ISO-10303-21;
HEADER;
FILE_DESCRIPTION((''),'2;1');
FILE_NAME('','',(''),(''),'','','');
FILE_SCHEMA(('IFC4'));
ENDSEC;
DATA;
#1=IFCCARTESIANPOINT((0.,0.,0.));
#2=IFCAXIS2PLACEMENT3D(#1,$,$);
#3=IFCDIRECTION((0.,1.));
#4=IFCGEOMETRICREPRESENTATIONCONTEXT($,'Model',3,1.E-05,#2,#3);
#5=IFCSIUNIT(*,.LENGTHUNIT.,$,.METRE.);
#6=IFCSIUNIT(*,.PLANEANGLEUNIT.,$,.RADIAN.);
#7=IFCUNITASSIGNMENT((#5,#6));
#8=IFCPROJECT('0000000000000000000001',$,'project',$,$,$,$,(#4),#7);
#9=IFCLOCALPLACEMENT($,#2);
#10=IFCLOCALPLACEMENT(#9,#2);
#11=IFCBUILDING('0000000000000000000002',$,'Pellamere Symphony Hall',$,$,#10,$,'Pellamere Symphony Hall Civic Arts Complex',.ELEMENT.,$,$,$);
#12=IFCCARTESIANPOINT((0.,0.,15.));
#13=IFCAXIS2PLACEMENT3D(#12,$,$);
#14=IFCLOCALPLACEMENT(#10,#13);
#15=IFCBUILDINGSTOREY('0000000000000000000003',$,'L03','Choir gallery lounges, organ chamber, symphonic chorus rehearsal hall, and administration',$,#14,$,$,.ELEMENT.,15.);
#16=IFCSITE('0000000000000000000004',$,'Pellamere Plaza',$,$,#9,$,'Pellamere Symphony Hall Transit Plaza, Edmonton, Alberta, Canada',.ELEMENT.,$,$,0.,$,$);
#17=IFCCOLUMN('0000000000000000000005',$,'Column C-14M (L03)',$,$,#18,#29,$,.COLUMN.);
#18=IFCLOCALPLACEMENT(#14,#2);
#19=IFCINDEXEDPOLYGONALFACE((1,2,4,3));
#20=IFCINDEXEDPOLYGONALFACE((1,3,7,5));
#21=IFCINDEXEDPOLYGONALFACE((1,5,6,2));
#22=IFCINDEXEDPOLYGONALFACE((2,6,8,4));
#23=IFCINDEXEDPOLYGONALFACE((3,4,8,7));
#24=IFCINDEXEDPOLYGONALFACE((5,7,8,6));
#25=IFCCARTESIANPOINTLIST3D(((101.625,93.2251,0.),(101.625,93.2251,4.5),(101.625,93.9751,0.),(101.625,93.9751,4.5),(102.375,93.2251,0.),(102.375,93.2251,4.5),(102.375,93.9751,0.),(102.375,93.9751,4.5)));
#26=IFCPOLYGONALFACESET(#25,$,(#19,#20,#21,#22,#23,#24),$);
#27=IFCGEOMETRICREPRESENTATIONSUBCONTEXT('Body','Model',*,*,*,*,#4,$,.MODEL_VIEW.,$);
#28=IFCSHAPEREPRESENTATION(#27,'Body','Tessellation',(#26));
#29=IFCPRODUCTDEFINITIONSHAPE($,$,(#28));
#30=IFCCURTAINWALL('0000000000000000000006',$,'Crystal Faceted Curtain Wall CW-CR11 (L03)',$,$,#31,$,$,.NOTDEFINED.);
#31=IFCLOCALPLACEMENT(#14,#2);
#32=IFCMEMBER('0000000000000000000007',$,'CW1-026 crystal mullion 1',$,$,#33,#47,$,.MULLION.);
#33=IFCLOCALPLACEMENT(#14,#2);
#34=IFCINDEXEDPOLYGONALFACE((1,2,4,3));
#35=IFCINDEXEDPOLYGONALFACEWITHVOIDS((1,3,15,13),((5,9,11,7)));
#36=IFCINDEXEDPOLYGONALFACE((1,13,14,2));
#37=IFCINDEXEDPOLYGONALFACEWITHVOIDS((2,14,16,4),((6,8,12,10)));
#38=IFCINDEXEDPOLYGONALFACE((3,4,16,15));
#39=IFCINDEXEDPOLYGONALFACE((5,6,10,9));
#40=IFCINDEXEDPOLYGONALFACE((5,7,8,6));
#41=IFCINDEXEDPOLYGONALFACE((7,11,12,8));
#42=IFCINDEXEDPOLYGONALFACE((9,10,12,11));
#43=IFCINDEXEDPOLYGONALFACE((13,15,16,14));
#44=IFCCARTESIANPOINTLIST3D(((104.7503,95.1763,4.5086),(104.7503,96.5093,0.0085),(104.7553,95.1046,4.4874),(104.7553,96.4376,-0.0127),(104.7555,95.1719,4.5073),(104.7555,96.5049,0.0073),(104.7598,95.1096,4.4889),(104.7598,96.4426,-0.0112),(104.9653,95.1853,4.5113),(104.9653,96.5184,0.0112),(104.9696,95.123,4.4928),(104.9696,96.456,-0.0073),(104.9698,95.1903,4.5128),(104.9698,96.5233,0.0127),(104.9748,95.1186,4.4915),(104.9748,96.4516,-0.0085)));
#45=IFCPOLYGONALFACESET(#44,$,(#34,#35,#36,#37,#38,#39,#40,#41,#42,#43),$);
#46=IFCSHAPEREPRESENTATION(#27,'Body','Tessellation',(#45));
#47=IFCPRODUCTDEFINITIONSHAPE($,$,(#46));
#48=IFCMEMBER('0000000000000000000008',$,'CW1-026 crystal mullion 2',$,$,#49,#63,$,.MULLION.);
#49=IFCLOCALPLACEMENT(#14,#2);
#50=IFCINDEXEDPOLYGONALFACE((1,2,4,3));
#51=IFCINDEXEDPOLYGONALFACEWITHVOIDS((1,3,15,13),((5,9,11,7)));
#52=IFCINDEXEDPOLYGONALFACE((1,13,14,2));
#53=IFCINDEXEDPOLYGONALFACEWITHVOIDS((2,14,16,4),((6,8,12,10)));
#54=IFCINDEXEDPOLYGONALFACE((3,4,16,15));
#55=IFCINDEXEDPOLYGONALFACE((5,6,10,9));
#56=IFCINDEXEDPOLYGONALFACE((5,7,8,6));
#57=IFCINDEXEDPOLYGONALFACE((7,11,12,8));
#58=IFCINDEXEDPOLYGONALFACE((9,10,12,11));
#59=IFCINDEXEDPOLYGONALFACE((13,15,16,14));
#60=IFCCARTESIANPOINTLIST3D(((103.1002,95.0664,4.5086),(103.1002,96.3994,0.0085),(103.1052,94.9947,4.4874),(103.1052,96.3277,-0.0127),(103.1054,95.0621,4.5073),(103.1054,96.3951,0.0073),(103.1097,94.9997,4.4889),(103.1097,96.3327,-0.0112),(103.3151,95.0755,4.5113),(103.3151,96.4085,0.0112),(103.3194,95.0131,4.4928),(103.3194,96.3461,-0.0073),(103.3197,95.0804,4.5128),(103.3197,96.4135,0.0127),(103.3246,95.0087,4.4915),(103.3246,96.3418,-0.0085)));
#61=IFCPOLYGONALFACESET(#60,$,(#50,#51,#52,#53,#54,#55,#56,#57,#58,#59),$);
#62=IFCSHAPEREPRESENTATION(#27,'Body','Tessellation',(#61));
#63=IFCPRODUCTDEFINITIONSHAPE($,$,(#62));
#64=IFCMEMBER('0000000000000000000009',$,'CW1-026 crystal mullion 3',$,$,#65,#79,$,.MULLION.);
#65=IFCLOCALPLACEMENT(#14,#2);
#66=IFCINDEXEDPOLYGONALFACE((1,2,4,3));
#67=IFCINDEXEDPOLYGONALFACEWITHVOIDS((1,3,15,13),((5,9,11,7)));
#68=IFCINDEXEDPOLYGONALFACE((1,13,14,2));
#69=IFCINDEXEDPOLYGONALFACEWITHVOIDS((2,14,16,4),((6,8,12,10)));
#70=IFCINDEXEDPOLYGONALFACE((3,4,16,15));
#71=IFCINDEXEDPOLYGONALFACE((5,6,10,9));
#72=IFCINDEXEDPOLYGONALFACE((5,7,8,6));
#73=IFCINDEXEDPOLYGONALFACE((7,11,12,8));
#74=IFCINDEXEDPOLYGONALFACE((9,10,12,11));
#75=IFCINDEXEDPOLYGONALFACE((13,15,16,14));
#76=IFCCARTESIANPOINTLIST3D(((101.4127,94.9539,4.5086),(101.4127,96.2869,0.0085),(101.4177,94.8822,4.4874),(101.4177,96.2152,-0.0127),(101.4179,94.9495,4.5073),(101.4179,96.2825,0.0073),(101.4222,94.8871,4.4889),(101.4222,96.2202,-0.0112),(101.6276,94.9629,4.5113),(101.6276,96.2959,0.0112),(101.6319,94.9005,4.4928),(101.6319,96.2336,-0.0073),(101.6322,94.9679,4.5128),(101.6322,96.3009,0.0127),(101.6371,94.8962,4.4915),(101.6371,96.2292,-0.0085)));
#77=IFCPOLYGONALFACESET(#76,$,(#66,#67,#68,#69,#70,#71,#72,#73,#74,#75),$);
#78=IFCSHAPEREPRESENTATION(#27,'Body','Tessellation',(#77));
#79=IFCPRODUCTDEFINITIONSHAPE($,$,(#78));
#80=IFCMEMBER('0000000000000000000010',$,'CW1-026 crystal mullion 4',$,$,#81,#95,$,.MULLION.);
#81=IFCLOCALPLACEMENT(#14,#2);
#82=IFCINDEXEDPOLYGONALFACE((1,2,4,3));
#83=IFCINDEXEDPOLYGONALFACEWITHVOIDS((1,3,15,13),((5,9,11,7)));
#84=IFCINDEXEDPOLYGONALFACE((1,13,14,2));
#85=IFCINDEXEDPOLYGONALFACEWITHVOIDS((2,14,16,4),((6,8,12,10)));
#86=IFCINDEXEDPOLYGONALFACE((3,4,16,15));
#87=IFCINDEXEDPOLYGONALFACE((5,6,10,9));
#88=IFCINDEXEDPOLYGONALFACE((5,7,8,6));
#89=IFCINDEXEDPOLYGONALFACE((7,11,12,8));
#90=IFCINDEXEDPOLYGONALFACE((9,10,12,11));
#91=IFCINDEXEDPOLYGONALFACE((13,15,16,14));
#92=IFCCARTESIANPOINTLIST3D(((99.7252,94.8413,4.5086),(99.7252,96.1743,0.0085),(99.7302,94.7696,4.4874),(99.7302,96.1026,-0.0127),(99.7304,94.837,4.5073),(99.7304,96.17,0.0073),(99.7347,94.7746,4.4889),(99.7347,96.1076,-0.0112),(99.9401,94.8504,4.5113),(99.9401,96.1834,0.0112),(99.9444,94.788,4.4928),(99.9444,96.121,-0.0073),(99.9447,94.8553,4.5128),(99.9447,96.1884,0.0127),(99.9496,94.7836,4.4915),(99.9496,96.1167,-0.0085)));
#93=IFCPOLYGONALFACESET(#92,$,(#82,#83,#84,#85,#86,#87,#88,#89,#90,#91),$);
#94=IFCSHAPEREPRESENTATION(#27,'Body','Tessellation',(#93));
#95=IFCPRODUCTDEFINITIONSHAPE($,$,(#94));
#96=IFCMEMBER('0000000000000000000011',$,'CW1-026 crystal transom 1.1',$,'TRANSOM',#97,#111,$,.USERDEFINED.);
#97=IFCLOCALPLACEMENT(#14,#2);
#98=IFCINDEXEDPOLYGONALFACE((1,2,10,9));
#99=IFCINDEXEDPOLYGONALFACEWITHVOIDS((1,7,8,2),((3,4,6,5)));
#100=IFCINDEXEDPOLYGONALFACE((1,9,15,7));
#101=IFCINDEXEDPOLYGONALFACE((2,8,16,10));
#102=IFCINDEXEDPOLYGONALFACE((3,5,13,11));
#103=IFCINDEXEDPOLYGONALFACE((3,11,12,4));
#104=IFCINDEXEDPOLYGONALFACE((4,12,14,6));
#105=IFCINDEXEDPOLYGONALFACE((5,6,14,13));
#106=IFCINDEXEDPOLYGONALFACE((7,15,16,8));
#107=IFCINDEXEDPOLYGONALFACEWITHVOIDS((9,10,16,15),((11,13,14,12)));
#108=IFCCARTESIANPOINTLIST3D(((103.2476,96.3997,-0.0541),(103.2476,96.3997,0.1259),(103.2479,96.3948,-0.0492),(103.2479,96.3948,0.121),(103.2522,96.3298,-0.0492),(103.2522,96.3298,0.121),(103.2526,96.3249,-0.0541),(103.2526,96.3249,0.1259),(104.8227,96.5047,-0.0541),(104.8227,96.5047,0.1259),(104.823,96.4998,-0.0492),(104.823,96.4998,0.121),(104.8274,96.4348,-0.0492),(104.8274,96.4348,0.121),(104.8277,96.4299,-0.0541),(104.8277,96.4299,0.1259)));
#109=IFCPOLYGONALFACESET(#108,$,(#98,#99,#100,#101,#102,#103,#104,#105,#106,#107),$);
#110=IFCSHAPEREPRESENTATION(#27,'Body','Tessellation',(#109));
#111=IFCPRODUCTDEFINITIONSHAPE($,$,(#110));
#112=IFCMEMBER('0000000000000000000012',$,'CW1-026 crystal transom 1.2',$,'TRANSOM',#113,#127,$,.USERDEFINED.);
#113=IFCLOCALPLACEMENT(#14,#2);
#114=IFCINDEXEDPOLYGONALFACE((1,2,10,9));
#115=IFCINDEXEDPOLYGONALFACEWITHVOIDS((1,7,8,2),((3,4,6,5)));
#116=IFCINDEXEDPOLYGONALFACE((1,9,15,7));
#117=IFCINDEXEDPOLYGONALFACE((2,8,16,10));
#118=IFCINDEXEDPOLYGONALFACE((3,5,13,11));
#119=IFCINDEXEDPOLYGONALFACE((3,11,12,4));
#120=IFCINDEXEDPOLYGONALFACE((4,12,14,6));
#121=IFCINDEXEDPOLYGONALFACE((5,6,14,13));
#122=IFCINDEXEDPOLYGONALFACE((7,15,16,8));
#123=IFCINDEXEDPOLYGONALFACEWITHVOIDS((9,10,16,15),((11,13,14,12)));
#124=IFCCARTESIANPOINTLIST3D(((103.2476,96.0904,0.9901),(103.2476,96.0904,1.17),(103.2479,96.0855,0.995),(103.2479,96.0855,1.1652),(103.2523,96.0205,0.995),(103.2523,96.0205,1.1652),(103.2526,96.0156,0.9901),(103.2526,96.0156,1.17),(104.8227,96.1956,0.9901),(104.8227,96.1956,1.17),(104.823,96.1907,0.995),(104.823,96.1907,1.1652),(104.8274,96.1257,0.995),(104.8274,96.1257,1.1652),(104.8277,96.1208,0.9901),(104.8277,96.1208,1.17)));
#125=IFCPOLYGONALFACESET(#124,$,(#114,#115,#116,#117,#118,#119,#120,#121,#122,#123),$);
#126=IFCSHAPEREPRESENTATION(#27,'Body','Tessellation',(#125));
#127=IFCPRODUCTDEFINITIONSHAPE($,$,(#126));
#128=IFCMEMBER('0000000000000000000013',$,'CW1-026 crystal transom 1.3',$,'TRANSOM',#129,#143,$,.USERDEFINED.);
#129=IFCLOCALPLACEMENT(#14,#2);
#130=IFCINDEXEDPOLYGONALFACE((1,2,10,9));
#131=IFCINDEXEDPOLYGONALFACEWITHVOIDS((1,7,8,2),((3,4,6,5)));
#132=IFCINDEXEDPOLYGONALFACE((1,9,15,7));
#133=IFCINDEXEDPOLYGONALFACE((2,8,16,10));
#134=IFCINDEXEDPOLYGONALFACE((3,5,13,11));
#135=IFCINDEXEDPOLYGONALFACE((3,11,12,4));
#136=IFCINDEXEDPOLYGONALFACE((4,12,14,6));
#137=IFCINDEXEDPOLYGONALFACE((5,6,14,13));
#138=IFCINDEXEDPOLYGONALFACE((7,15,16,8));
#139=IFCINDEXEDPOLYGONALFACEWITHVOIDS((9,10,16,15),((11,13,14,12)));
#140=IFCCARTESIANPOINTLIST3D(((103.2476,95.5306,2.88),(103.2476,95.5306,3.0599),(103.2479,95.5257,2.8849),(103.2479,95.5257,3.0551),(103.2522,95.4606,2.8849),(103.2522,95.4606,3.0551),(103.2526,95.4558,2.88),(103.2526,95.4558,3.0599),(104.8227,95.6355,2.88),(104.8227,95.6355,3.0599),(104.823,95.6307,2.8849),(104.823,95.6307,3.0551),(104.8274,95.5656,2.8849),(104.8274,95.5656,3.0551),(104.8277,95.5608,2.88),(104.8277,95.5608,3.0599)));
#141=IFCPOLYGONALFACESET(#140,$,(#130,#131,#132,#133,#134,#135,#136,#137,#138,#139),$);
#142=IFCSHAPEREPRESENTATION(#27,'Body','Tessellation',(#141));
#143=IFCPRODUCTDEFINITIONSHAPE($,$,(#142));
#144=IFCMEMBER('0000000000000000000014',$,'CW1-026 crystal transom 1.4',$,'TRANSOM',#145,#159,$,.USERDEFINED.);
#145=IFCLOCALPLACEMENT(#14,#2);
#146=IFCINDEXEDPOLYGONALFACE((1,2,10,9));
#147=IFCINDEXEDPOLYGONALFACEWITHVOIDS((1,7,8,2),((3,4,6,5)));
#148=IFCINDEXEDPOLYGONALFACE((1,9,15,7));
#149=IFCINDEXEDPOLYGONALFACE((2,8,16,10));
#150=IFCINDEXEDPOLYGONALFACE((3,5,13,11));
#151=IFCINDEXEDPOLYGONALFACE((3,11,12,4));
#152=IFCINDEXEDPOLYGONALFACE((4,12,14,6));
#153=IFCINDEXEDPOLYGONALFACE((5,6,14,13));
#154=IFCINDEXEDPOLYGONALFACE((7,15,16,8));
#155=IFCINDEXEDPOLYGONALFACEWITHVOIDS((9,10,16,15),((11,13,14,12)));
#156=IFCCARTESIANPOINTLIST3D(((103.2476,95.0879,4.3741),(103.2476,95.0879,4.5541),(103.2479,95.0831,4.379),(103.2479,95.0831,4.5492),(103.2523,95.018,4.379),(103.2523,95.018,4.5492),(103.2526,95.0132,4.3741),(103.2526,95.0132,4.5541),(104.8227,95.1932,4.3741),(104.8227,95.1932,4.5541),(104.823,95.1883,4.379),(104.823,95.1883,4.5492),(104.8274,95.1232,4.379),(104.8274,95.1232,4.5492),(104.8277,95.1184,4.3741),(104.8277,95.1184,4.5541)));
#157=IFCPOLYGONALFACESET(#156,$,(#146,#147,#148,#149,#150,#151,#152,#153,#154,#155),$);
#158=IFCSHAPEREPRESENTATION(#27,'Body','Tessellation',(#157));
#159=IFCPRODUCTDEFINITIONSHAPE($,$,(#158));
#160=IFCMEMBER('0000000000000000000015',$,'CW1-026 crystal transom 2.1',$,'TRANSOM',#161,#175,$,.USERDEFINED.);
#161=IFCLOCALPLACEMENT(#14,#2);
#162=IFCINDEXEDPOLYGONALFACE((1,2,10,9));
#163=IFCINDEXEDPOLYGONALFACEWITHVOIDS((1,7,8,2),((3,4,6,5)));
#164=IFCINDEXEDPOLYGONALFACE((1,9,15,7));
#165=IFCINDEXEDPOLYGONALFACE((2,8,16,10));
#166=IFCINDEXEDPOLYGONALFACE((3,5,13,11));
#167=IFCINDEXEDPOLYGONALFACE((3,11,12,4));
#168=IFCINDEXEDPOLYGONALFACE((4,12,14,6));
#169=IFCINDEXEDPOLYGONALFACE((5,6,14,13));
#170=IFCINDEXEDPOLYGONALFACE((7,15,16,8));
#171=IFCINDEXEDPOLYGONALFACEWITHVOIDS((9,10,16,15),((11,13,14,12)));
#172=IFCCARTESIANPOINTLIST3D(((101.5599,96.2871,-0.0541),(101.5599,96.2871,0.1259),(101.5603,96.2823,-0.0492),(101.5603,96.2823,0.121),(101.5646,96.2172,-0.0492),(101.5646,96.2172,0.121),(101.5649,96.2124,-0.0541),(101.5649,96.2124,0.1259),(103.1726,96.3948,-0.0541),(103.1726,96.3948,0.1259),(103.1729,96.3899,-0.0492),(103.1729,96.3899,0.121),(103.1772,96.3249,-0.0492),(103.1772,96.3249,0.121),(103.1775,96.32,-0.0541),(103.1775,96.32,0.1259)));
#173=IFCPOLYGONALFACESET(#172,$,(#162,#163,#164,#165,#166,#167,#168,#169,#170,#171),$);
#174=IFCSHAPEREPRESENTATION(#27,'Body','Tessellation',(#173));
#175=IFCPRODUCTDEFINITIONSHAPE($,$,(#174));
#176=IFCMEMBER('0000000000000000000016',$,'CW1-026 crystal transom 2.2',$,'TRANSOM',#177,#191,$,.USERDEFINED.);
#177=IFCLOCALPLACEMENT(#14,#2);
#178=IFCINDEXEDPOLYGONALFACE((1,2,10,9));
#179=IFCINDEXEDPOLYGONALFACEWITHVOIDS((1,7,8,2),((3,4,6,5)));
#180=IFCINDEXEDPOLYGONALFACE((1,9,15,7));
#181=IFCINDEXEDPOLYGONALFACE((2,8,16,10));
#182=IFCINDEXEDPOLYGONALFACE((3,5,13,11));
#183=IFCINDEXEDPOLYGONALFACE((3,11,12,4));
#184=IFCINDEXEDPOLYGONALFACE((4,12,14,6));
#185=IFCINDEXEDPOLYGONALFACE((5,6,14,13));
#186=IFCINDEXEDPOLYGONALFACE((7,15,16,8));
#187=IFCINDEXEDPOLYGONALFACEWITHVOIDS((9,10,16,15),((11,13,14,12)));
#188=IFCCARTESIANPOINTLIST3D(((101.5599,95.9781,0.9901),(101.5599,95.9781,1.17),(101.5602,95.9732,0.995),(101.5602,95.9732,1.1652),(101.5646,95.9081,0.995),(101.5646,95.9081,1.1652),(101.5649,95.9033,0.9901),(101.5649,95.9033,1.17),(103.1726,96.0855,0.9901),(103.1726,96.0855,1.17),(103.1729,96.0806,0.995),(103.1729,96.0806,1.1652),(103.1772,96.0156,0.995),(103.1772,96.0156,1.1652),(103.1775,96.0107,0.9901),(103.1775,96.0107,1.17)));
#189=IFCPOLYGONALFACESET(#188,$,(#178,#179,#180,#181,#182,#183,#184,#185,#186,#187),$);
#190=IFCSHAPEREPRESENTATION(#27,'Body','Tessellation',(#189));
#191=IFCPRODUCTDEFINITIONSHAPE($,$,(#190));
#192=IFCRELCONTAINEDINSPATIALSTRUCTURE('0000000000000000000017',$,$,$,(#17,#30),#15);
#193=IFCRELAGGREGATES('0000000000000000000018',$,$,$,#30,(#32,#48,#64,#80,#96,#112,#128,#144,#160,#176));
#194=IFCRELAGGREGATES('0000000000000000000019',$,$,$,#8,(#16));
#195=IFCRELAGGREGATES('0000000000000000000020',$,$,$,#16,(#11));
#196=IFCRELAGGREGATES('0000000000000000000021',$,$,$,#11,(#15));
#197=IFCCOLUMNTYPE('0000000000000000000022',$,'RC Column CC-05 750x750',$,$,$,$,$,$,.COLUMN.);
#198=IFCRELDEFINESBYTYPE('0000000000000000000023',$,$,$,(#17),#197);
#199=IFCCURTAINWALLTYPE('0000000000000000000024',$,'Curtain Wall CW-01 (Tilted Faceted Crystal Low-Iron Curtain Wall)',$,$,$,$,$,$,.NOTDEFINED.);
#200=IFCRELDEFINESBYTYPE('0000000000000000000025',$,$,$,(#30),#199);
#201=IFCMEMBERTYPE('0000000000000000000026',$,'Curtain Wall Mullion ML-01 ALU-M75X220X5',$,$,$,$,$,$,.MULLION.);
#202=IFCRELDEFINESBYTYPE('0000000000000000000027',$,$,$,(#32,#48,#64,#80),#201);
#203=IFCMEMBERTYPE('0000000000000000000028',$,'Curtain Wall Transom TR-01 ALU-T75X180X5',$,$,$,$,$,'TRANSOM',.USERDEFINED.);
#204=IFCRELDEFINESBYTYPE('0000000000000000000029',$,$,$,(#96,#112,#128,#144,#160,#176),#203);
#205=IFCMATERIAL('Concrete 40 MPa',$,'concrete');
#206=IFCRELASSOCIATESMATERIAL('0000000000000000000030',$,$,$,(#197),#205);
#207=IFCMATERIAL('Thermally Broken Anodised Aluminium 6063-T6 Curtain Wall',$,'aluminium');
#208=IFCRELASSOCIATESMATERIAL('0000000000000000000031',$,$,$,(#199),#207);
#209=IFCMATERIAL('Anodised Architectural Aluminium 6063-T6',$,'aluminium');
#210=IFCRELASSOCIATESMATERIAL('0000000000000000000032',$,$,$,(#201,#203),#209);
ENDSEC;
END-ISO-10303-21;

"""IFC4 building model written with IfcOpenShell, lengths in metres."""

from ifc_helpers import new_model, si_unit, direction, frame, origin, origin_2d, place, context, subcontext, project, spatial, rectangle, hollow_rectangle, extrude, material, material_profile, profile_set, type_object, element, aggregate, save


model = new_model("IFC4")

# Units and contexts
model_context = context("Model", 3, precision=1e-05, world=origin(), true_north=direction((0.0, 1.0)))
body_context = subcontext(model_context, "Body", "Model", "MODEL_VIEW")
ifc_project = project(units=[si_unit("LENGTHUNIT", "METRE"), si_unit("PLANEANGLEUNIT", "RADIAN")], contexts=[model_context])

# Site, building, storey
site_placement = place(None, origin())
site = spatial("IfcSite", under=ifc_project, at=site_placement, Name="Pellamere Plaza", LongName="Pellamere Symphony Hall Transit Plaza, Edmonton, Alberta, Canada", CompositionType="ELEMENT", RefElevation=0.0)
building_placement = place(site_placement, origin())
building = spatial("IfcBuilding", under=site, at=building_placement, Name="Pellamere Symphony Hall", LongName="Pellamere Symphony Hall Civic Arts Complex", CompositionType="ELEMENT")
storey_placement = place(building_placement, frame((0.0, 0.0, 15.0)))
storey = spatial("IfcBuildingStorey", under=building, at=storey_placement, Name="L03", Description="Choir gallery lounges, organ chamber, symphonic chorus rehearsal hall, and administration", CompositionType="ELEMENT", Elevation=15.0)

# Column
ifc_material_1 = material(Name="Concrete 40 MPa", Category="concrete")
ifc_material_profile_1 = material_profile(ifc_material_1, rectangle(XDim=0.75, YDim=0.75, at=origin_2d()), Name="RC 750x750")
ifc_profile_set_1 = profile_set([ifc_material_profile_1], Name="Concrete 40 MPa")
column_type = type_object("IfcColumnType", Name="RC Column CC-05 750x750", PredefinedType="COLUMN", material=ifc_profile_set_1)
column_placement = place(storey_placement, frame((102.0, 93.6001, 0.0), z_axis=(0.0, 0.0, 1.0), x_axis=(1.0, 0.0, 0.0)))
element("IfcColumn", 1, at=column_placement, inside=storey, type_object=column_type, Name="Column C-14M (L03)", PredefinedType="COLUMN", context=body_context, shape_type="SweptSolid", body=[
    extrude(rectangle(XDim=0.75, YDim=0.75, at=origin_2d()), origin(), (0.0, 0.0, 1.0), 4.5),
])

# Curtain wall, members
ifc_material_2 = material(Name="Thermally Broken Anodised Aluminium 6063-T6 Curtain Wall", Category="aluminium")
curtain_wall_type = type_object("IfcCurtainWallType", Name="Curtain Wall CW-01 (Tilted Faceted Crystal Low-Iron Curtain Wall)", PredefinedType="NOTDEFINED", material=ifc_material_2)
curtain_wall_placement = place(storey_placement, origin())
curtain_wall = element("IfcCurtainWall", 2, at=curtain_wall_placement, inside=storey, type_object=curtain_wall_type, Name="Crystal Faceted Curtain Wall CW-CR11 (L03)", PredefinedType="NOTDEFINED")
ifc_material_3 = material(Name="Anodised Architectural Aluminium 6063-T6", Category="aluminium")
ifc_material_profile_2 = material_profile(ifc_material_3, hollow_rectangle(XDim=0.075, YDim=0.22, WallThickness=0.0049, at=origin_2d()), Name="ALU-M75X220X5")
ifc_profile_set_2 = profile_set([ifc_material_profile_2], Name="Anodised Architectural Aluminium 6063-T6")
member_type_1 = type_object("IfcMemberType", Name="Curtain Wall Mullion ML-01 ALU-M75X220X5", PredefinedType="MULLION", material=ifc_profile_set_2)
member_1_placement = place(storey_placement, frame((104.8625, 96.4805, 0.0), z_axis=(0.0, -0.284025, 0.958817), x_axis=(0.066519, -0.956693, -0.283395)))
member_1 = element("IfcMember", 3, at=member_1_placement, type_object=member_type_1, Name="CW1-026 crystal mullion 1", PredefinedType="MULLION", context=body_context, shape_type="SweptSolid", body=[
    extrude(hollow_rectangle(XDim=0.075, YDim=0.22, WallThickness=0.0049, at=origin_2d()), origin(), (0.0, 0.0, 1.0), 4.6934),
])
member_2_placement = place(storey_placement, frame((103.2124, 96.3706, 0.0), z_axis=(0.0, -0.284025, 0.958817), x_axis=(0.066519, -0.956693, -0.283395)))
member_2 = element("IfcMember", 4, at=member_2_placement, type_object=member_type_1, Name="CW1-026 crystal mullion 2", PredefinedType="MULLION", context=body_context, shape_type="SweptSolid", body=[
    extrude(hollow_rectangle(XDim=0.075, YDim=0.22, WallThickness=0.0049, at=origin_2d()), origin(), (0.0, 0.0, 1.0), 4.6934),
])
member_3_placement = place(storey_placement, frame((101.5249, 96.2581, 0.0), z_axis=(0.0, -0.284025, 0.958817), x_axis=(0.066519, -0.956693, -0.283395)))
member_3 = element("IfcMember", 5, at=member_3_placement, type_object=member_type_1, Name="CW1-026 crystal mullion 3", PredefinedType="MULLION", context=body_context, shape_type="SweptSolid", body=[
    extrude(hollow_rectangle(XDim=0.075, YDim=0.22, WallThickness=0.0049, at=origin_2d()), origin(), (0.0, 0.0, 1.0), 4.6934),
])
member_4_placement = place(storey_placement, frame((99.8374, 96.1455, 0.0), z_axis=(0.0, -0.284025, 0.958817), x_axis=(0.066519, -0.956693, -0.283395)))
member_4 = element("IfcMember", 6, at=member_4_placement, type_object=member_type_1, Name="CW1-026 crystal mullion 4", PredefinedType="MULLION", context=body_context, shape_type="SweptSolid", body=[
    extrude(hollow_rectangle(XDim=0.075, YDim=0.22, WallThickness=0.0049, at=origin_2d()), origin(), (0.0, 0.0, 1.0), 4.6934),
])
ifc_material_profile_3 = material_profile(ifc_material_3, hollow_rectangle(XDim=0.075, YDim=0.1799, WallThickness=0.0049, at=origin_2d()), Name="ALU-T75X180X5")
ifc_profile_set_3 = profile_set([ifc_material_profile_3], Name="Anodised Architectural Aluminium 6063-T6")
member_type_2 = type_object("IfcMemberType", Name="Curtain Wall Transom TR-01 ALU-T75X180X5", ElementType="TRANSOM", PredefinedType="USERDEFINED", material=ifc_profile_set_3)
member_5_placement = place(storey_placement, frame((104.8252, 96.4673, 0.0359), z_axis=(-0.997787, -0.066498, 0.0), x_axis=(0.066498, -0.997787, 0.0)))
member_5 = element("IfcMember", 7, at=member_5_placement, type_object=member_type_2, Name="CW1-026 crystal transom 1.1", ObjectType="TRANSOM", PredefinedType="USERDEFINED", context=body_context, shape_type="SweptSolid", body=[
    extrude(hollow_rectangle(XDim=0.075, YDim=0.1799, WallThickness=0.0049, at=origin_2d()), origin(), (0.0, 0.0, 1.0), 1.5786),
])
member_6_placement = place(storey_placement, frame((104.8252, 96.1582, 1.0801), z_axis=(-0.997776, -0.066652, 0.0), x_axis=(0.066652, -0.997776, 0.0)))
member_6 = element("IfcMember", 8, at=member_6_placement, type_object=member_type_2, Name="CW1-026 crystal transom 1.2", ObjectType="TRANSOM", PredefinedType="USERDEFINED", context=body_context, shape_type="SweptSolid", body=[
    extrude(hollow_rectangle(XDim=0.075, YDim=0.1799, WallThickness=0.0049, at=origin_2d()), origin(), (0.0, 0.0, 1.0), 1.5786),
])
member_7_placement = place(storey_placement, frame((104.8252, 95.5981, 2.97), z_axis=(-0.997787, -0.066498, 0.0), x_axis=(0.066498, -0.997787, 0.0)))
member_7 = element("IfcMember", 9, at=member_7_placement, type_object=member_type_2, Name="CW1-026 crystal transom 1.3", ObjectType="TRANSOM", PredefinedType="USERDEFINED", context=body_context, shape_type="SweptSolid", body=[
    extrude(hollow_rectangle(XDim=0.075, YDim=0.1799, WallThickness=0.0049, at=origin_2d()), origin(), (0.0, 0.0, 1.0), 1.5786),
])
member_8_placement = place(storey_placement, frame((104.8252, 95.1558, 4.4641), z_axis=(-0.997776, -0.066652, 0.0), x_axis=(0.066652, -0.997776, 0.0)))
member_8 = element("IfcMember", 10, at=member_8_placement, type_object=member_type_2, Name="CW1-026 crystal transom 1.4", ObjectType="TRANSOM", PredefinedType="USERDEFINED", context=body_context, shape_type="SweptSolid", body=[
    extrude(hollow_rectangle(XDim=0.075, YDim=0.1799, WallThickness=0.0049, at=origin_2d()), origin(), (0.0, 0.0, 1.0), 1.5786),
])
member_9_placement = place(storey_placement, frame((103.175, 96.3574, 0.0359), z_axis=(-0.997778, -0.066619, 0.0), x_axis=(0.066619, -0.997778, 0.0)))
member_9 = element("IfcMember", 11, at=member_9_placement, type_object=member_type_2, Name="CW1-026 crystal transom 2.1", ObjectType="TRANSOM", PredefinedType="USERDEFINED", context=body_context, shape_type="SweptSolid", body=[
    extrude(hollow_rectangle(XDim=0.075, YDim=0.1799, WallThickness=0.0049, at=origin_2d()), origin(), (0.0, 0.0, 1.0), 1.6162),
])
member_10_placement = place(storey_placement, frame((103.175, 96.0481, 1.0801), z_axis=(-0.997788, -0.066469, 0.0), x_axis=(0.066469, -0.997788, 0.0)))
member_10 = element("IfcMember", 12, at=member_10_placement, type_object=member_type_2, Name="CW1-026 crystal transom 2.2", ObjectType="TRANSOM", PredefinedType="USERDEFINED", context=body_context, shape_type="SweptSolid", body=[
    extrude(hollow_rectangle(XDim=0.075, YDim=0.1799, WallThickness=0.0049, at=origin_2d()), origin(), (0.0, 0.0, 1.0), 1.6162),
])

aggregate(curtain_wall, [member_1, member_2, member_3, member_4, member_5, member_6, member_7, member_8, member_9, member_10])

save(model, "model.ifc")
